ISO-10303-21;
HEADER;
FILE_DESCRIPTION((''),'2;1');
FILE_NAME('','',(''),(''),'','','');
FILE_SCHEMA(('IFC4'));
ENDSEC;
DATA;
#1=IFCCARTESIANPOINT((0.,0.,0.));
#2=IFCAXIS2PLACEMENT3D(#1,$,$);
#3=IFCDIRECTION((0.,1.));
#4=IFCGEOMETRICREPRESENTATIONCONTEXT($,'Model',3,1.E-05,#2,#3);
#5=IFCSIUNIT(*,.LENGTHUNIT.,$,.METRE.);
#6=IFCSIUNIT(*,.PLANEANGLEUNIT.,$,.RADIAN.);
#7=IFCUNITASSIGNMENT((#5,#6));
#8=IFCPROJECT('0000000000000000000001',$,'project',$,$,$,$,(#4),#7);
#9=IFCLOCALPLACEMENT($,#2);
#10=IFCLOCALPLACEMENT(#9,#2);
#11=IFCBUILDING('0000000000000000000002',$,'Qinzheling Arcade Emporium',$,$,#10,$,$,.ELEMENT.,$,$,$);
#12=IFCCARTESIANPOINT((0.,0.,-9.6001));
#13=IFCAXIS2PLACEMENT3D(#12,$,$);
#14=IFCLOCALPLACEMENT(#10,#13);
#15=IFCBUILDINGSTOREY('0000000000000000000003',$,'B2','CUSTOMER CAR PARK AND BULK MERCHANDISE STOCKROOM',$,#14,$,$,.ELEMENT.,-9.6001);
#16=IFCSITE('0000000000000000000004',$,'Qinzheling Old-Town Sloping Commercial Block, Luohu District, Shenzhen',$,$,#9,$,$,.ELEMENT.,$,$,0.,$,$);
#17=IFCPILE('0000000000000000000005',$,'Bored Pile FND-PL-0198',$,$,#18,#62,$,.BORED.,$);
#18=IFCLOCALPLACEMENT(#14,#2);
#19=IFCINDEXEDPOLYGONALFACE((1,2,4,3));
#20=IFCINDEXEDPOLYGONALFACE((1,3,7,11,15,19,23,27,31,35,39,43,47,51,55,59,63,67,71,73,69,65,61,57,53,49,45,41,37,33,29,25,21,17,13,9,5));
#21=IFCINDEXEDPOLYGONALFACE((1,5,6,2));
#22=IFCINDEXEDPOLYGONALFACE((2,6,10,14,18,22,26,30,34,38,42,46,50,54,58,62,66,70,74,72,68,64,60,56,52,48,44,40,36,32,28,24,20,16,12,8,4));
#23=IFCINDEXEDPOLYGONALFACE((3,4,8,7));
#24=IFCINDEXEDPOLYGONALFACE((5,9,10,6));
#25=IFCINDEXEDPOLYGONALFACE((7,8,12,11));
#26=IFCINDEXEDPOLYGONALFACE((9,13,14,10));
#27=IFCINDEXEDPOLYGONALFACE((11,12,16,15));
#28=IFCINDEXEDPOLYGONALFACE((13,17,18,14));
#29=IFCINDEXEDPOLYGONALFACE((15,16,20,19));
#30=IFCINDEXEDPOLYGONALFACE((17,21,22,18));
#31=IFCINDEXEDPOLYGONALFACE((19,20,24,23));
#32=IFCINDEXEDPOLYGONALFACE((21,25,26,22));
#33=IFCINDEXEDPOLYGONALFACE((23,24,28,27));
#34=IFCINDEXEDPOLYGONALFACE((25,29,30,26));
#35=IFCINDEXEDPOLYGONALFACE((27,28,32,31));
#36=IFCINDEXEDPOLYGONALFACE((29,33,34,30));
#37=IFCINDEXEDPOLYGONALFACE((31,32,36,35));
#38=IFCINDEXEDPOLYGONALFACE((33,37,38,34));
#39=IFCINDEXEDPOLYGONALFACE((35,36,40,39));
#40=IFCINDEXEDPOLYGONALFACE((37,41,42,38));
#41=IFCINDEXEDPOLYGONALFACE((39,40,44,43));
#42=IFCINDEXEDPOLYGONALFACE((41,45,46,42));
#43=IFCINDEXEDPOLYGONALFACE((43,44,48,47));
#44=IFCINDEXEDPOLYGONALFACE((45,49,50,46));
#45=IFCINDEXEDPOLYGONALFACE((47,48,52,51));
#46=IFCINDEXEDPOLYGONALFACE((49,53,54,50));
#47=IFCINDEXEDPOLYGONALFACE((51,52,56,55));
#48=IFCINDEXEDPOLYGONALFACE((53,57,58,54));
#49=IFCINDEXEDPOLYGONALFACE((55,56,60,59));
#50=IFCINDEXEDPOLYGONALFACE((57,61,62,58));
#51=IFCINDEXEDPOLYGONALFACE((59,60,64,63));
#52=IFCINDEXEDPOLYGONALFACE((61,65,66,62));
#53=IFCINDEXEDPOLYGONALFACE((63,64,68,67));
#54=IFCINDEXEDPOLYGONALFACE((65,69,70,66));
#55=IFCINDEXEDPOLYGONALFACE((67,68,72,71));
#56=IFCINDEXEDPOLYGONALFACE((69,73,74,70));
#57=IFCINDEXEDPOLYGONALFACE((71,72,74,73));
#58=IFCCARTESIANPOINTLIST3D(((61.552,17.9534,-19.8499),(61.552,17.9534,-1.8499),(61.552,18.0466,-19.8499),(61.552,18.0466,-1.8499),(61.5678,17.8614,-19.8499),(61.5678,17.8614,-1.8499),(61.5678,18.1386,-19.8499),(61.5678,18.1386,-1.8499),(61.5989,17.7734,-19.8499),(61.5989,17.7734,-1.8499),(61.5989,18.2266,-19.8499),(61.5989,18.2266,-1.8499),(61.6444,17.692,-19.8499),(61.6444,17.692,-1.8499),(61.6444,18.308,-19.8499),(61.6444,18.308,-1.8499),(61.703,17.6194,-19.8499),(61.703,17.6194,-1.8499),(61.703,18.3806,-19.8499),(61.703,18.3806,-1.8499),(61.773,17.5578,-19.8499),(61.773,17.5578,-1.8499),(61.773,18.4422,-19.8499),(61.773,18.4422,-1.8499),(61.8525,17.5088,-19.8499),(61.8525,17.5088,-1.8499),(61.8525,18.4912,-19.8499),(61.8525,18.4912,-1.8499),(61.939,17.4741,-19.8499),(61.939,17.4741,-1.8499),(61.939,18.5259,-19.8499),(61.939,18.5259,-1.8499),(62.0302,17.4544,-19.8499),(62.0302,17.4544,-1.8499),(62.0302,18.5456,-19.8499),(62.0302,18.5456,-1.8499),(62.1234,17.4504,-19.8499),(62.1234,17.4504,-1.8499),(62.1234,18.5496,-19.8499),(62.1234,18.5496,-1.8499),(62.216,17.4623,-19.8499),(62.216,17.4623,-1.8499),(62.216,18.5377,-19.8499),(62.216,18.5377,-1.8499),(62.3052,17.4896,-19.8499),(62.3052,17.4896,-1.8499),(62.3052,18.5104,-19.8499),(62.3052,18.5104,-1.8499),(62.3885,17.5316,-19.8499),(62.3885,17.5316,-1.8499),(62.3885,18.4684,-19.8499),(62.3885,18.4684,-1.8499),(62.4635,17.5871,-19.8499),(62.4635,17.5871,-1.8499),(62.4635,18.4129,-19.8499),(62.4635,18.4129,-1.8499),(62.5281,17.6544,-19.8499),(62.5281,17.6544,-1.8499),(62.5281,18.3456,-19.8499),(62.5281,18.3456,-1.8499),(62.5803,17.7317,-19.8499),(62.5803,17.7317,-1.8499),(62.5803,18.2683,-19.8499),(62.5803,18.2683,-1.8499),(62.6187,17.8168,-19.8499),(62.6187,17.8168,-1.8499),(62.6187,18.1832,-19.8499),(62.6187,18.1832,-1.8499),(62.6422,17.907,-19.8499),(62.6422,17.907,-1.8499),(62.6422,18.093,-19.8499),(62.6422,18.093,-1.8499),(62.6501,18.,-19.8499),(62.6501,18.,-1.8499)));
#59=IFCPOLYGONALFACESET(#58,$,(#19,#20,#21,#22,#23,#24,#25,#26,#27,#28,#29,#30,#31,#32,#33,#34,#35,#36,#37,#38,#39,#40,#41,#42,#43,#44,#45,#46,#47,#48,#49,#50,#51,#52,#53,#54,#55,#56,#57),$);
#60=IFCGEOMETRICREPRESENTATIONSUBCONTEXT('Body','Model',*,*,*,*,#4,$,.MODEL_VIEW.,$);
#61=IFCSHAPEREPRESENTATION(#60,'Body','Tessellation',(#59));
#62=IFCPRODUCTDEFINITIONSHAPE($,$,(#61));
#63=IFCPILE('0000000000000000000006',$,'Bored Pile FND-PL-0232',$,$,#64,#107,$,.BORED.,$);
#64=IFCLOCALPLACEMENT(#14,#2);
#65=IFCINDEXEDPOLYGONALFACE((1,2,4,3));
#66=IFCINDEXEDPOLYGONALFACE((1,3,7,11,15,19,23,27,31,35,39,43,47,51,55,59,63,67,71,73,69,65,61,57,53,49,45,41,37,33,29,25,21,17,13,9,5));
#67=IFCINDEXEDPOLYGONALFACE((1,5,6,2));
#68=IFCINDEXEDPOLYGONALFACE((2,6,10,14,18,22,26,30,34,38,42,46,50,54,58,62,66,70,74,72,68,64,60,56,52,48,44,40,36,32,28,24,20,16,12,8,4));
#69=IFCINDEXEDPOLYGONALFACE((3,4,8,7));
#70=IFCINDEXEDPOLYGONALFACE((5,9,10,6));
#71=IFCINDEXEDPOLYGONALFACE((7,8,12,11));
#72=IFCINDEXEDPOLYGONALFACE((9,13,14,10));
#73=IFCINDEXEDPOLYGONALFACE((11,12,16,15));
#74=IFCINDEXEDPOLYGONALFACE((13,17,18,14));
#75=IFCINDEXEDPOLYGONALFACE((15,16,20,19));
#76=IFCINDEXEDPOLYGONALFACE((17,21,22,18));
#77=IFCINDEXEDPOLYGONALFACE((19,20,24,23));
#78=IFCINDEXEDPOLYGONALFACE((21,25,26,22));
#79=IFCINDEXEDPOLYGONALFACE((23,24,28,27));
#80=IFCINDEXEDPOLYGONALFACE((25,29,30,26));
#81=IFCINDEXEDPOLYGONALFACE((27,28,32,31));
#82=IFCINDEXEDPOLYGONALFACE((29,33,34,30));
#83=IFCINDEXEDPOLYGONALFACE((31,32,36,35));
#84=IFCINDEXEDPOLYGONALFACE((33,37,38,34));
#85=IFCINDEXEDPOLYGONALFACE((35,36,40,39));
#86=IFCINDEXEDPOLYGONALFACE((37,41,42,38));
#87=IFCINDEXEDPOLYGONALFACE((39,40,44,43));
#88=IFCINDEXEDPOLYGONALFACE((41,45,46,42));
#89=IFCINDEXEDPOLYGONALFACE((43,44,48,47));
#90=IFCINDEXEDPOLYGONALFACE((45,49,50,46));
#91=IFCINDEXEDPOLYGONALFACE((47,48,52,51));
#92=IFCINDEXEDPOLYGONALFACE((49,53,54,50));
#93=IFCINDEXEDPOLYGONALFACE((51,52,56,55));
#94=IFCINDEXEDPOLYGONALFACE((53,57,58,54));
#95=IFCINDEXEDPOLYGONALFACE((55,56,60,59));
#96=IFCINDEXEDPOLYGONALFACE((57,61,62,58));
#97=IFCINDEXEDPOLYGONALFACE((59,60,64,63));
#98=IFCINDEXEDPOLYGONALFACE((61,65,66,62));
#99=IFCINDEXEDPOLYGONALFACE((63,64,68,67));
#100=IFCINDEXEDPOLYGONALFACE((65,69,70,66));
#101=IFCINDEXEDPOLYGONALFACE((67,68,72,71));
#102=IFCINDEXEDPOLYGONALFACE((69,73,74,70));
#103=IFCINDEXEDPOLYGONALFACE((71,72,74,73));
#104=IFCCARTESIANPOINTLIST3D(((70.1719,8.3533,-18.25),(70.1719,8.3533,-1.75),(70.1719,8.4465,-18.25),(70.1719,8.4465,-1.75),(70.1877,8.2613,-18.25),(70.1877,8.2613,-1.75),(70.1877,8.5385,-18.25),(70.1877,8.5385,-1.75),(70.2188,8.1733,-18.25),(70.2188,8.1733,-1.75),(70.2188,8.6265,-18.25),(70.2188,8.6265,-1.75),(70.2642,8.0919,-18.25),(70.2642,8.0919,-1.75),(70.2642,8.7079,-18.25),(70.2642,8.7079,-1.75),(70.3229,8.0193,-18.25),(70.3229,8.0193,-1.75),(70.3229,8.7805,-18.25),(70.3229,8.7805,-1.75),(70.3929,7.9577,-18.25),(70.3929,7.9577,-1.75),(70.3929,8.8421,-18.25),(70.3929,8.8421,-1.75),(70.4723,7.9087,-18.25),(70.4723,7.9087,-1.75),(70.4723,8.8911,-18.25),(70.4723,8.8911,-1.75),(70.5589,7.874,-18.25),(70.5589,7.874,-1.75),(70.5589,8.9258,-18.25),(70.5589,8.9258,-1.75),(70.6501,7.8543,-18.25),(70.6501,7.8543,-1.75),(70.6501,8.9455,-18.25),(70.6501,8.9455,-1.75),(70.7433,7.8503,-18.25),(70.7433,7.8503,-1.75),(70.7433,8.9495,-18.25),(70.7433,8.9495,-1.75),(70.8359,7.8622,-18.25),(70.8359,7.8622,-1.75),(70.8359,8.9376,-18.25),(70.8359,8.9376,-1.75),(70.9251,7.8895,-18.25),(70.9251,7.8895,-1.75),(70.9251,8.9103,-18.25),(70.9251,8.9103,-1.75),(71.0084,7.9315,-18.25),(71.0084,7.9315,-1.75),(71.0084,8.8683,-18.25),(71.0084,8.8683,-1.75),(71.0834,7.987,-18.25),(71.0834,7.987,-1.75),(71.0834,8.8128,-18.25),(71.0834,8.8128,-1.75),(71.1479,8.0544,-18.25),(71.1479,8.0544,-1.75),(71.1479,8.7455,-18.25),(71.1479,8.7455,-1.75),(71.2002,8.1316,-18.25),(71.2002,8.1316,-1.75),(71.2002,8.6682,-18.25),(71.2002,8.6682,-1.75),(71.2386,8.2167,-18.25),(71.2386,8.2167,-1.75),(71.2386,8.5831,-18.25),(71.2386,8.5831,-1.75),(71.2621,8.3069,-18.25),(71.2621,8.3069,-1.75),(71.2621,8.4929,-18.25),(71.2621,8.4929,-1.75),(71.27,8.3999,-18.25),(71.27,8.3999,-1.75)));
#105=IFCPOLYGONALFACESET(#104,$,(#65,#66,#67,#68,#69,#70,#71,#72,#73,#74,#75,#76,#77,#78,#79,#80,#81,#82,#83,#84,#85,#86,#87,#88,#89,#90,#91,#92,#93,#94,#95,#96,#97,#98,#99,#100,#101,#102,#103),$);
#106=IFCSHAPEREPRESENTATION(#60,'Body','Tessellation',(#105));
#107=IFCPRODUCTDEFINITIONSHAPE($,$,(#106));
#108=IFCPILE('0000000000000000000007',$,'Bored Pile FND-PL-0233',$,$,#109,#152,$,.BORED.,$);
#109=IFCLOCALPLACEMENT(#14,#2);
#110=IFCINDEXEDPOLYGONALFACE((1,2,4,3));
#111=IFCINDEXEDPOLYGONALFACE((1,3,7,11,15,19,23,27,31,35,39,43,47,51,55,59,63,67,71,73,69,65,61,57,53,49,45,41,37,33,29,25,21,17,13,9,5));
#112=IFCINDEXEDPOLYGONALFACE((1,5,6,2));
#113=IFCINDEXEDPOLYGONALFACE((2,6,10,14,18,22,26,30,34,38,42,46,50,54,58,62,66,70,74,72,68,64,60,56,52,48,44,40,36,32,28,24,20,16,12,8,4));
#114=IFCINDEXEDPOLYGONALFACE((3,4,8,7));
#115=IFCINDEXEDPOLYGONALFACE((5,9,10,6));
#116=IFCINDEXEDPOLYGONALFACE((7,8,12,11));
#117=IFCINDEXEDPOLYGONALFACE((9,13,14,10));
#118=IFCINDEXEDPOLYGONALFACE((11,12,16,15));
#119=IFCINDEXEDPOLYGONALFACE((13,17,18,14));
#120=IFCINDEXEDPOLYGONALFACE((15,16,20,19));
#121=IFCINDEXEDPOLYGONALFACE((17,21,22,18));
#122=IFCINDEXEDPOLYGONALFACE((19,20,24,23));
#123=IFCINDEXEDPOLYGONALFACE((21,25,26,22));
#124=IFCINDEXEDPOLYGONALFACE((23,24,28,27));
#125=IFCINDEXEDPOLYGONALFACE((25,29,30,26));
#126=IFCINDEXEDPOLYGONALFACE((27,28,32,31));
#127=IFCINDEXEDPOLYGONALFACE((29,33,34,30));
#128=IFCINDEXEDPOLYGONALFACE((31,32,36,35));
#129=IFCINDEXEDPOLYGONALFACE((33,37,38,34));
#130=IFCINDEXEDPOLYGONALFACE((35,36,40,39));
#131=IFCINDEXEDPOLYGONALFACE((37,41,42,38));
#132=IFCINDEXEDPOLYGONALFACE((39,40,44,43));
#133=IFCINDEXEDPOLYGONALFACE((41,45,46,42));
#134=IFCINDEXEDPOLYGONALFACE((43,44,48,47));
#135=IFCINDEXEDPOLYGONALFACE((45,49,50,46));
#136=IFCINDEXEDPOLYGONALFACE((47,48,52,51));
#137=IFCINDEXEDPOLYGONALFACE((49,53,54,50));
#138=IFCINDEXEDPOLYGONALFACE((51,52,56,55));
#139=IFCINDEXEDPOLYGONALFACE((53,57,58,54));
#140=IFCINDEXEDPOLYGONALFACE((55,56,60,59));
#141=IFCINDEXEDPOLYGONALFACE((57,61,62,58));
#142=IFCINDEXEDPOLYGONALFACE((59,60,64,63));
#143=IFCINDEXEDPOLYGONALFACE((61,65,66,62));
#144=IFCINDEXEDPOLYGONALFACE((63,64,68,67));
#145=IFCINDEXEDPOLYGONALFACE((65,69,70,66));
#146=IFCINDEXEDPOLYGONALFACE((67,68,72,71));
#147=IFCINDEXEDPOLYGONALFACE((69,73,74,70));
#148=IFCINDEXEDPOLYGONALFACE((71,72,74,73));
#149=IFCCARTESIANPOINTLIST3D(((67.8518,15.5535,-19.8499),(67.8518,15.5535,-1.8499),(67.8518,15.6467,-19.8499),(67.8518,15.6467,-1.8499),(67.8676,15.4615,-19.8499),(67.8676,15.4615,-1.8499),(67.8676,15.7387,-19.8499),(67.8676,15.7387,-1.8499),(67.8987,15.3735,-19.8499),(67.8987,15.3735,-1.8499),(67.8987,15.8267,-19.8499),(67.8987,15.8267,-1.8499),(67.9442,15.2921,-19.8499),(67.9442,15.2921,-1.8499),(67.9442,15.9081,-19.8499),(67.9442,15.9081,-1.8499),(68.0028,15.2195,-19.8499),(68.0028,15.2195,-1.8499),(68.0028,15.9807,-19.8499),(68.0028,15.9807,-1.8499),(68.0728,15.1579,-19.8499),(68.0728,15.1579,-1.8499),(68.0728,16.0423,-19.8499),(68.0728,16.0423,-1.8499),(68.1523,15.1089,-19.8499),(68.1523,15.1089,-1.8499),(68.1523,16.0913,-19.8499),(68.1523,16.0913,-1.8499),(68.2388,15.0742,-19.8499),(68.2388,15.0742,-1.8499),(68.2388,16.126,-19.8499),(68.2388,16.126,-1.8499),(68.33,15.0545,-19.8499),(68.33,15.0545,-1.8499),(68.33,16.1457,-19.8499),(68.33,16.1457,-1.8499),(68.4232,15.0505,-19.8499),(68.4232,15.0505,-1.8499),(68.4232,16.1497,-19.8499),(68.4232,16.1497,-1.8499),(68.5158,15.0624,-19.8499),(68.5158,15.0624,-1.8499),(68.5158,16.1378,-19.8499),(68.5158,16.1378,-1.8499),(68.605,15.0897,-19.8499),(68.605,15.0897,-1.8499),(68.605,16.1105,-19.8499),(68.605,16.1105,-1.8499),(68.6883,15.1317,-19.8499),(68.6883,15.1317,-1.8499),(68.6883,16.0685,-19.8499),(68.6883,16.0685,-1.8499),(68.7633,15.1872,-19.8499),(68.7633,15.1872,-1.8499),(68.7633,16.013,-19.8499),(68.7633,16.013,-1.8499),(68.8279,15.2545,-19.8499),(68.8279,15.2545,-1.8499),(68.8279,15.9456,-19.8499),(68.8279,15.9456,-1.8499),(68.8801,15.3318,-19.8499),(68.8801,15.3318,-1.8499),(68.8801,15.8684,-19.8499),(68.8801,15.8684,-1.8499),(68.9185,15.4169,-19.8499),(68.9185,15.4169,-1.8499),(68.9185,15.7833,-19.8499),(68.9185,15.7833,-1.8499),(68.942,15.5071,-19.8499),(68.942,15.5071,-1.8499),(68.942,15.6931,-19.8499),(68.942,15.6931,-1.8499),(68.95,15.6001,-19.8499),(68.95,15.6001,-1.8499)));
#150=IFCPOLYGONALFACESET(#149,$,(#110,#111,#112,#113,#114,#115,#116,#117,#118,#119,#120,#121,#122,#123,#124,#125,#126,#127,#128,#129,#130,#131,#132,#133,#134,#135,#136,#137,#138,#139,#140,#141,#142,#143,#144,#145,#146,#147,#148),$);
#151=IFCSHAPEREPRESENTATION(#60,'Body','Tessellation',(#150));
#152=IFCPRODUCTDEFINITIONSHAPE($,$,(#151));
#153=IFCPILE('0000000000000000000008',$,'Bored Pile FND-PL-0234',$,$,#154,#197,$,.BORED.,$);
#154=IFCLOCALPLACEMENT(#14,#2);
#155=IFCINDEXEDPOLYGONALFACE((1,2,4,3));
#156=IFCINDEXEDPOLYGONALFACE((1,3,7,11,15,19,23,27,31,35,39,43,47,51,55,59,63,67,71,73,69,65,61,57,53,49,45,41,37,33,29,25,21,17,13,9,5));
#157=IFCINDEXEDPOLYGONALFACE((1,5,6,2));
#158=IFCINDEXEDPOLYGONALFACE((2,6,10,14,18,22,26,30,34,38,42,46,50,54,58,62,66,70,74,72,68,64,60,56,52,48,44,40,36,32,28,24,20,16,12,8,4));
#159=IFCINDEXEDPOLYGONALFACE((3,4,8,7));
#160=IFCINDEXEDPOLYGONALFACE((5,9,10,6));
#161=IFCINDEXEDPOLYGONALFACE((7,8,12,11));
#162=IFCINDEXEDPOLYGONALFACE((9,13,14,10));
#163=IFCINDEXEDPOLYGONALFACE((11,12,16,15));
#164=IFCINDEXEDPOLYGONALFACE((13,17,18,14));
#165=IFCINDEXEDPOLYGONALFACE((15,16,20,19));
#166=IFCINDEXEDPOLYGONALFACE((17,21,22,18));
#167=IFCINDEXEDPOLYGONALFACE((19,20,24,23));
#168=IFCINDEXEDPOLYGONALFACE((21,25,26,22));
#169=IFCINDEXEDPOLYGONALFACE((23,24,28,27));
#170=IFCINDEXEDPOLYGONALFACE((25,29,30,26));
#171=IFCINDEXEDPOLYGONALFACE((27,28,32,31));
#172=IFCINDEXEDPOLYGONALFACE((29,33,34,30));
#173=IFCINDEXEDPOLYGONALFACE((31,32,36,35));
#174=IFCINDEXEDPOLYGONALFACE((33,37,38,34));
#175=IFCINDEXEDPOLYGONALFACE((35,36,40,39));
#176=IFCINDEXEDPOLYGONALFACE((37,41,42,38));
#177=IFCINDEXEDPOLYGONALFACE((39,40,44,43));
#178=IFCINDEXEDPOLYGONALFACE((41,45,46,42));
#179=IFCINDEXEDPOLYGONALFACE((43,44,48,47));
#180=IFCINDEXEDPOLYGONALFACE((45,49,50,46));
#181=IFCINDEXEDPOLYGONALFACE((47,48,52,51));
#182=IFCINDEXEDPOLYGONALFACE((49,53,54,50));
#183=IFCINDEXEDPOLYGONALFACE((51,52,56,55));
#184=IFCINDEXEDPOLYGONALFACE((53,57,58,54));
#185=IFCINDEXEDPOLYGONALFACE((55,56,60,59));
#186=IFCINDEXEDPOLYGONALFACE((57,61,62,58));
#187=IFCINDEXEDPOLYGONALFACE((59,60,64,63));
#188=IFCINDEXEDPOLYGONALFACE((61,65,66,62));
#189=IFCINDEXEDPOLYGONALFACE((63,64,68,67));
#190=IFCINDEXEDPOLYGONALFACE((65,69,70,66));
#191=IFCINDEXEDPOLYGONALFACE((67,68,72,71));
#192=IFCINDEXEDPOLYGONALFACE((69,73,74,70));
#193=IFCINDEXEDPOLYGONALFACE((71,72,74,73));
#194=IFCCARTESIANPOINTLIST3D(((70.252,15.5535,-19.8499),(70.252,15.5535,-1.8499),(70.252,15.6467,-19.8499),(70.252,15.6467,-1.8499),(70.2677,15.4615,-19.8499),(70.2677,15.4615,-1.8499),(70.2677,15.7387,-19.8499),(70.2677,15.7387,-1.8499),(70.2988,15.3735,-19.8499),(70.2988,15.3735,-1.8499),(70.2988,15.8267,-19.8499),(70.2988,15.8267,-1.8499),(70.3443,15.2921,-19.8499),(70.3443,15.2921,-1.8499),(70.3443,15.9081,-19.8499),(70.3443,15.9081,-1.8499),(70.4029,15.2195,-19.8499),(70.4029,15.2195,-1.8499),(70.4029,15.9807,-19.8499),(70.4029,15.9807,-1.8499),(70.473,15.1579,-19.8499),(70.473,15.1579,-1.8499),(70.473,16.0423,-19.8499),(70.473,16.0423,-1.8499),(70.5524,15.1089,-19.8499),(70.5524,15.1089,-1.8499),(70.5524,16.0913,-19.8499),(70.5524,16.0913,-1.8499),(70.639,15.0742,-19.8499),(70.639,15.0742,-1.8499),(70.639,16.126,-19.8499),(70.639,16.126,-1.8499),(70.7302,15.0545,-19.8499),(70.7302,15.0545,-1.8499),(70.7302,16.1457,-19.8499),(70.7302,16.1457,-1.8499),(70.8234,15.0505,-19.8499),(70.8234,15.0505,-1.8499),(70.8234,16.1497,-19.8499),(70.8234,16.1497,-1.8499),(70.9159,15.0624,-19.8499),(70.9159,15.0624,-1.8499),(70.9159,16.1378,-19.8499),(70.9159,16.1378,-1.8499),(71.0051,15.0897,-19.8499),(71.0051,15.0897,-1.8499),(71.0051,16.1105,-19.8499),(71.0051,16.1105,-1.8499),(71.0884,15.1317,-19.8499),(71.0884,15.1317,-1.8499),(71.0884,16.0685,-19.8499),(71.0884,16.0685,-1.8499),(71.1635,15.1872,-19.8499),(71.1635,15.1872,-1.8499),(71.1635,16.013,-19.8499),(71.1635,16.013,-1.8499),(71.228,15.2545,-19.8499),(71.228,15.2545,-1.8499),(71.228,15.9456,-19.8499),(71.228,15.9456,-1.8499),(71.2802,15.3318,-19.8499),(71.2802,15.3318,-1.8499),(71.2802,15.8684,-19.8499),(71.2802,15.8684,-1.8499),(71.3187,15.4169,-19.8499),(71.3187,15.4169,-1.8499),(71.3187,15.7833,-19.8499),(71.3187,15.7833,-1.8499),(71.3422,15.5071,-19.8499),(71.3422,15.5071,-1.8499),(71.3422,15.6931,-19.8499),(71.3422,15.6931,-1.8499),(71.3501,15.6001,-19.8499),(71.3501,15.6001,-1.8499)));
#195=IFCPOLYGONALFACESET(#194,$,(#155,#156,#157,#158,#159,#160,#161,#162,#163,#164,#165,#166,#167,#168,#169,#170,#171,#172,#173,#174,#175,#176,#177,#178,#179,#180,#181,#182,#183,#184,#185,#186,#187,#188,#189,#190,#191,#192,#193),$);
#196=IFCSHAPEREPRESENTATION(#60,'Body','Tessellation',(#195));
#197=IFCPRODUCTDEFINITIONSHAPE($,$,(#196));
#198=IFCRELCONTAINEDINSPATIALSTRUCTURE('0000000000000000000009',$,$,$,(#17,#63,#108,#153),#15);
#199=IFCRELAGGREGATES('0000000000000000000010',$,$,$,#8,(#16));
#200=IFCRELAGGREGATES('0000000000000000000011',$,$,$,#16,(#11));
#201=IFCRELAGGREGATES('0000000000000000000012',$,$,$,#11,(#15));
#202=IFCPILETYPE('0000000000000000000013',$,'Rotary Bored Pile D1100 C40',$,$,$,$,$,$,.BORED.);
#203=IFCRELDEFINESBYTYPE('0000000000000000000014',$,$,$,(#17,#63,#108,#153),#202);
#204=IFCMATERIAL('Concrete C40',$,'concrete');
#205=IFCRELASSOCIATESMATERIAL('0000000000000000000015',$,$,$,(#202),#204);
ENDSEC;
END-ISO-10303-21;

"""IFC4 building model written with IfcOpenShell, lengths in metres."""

from ifc_helpers import new_model, si_unit, direction, frame, origin, origin_2d, place, context, subcontext, project, spatial, circle, extrude, material, material_profile, profile_set, type_object, element, save


model = new_model("IFC4")

# Units and contexts
model_context = context("Model", 3, precision=1e-05, world=origin(), true_north=direction((0.0, 1.0)))
body_context = subcontext(model_context, "Body", "Model", "MODEL_VIEW")
ifc_project = project(units=[si_unit("LENGTHUNIT", "METRE"), si_unit("PLANEANGLEUNIT", "RADIAN")], contexts=[model_context])

# Site, building, storey
site_placement = place(None, origin())
site = spatial("IfcSite", under=ifc_project, at=site_placement, Name="Qinzheling Old-Town Sloping Commercial Block, Luohu District, Shenzhen", CompositionType="ELEMENT", RefElevation=0.0)
building_placement = place(site_placement, origin())
building = spatial("IfcBuilding", under=site, at=building_placement, Name="Qinzheling Arcade Emporium", CompositionType="ELEMENT")
storey_placement = place(building_placement, frame((0.0, 0.0, -9.6001)))
storey = spatial("IfcBuildingStorey", under=building, at=storey_placement, Name="B2", Description="CUSTOMER CAR PARK AND BULK MERCHANDISE STOCKROOM", CompositionType="ELEMENT", Elevation=-9.6001)

# Shared definitions
ifc_material_1 = material(Name="Concrete C40", Category="concrete")

# Piles
ifc_material_profile_1 = material_profile(ifc_material_1, circle(Radius=0.55, at=origin_2d()), Name="BORED D1100", Category="concrete")
ifc_profile_set_1 = profile_set([ifc_material_profile_1], Name="Concrete C40")
pile_type = type_object("IfcPileType", Name="Rotary Bored Pile D1100 C40", PredefinedType="BORED", material=ifc_profile_set_1)
for number, where, z_axis, x_axis, name in (
    (1, (62.1001, 18.0, -1.8499), (0.0, 0.0, -1.0), (1.0, 0.0, 0.0), "Bored Pile FND-PL-0198"),
):
    element("IfcPile", number, at=place(storey_placement, frame(where, z_axis=z_axis, x_axis=x_axis)), inside=storey, type_object=pile_type, Name=name, PredefinedType="BORED", context=body_context, shape_type="SweptSolid", body=[
        extrude(circle(Radius=0.55, at=origin_2d()), origin(), (0.0, 0.0, 1.0), 18.0),
    ])
pile_placement = place(storey_placement, frame((70.72, 8.3999, -1.75), z_axis=(0.0, 0.0, -1.0), x_axis=(1.0, 0.0, 0.0)))
element("IfcPile", 2, at=pile_placement, inside=storey, type_object=pile_type, Name="Bored Pile FND-PL-0232", PredefinedType="BORED", context=body_context, shape_type="SweptSolid", body=[
    extrude(circle(Radius=0.55, at=origin_2d()), origin(), (0.0, 0.0, 1.0), 16.5),
])
for number, where, z_axis, x_axis, name in (
    (3, (68.3999, 15.6001, -1.8499), (0.0, 0.0, -1.0), (1.0, 0.0, 0.0), "Bored Pile FND-PL-0233"),
    (4, (70.8, 15.6001, -1.8499), (0.0, 0.0, -1.0), (1.0, 0.0, 0.0), "Bored Pile FND-PL-0234"),
):
    element("IfcPile", number, at=place(storey_placement, frame(where, z_axis=z_axis, x_axis=x_axis)), inside=storey, type_object=pile_type, Name=name, PredefinedType="BORED", context=body_context, shape_type="SweptSolid", body=[
        extrude(circle(Radius=0.55, at=origin_2d()), origin(), (0.0, 0.0, 1.0), 18.0),
    ])

save(model, "model.ifc")
